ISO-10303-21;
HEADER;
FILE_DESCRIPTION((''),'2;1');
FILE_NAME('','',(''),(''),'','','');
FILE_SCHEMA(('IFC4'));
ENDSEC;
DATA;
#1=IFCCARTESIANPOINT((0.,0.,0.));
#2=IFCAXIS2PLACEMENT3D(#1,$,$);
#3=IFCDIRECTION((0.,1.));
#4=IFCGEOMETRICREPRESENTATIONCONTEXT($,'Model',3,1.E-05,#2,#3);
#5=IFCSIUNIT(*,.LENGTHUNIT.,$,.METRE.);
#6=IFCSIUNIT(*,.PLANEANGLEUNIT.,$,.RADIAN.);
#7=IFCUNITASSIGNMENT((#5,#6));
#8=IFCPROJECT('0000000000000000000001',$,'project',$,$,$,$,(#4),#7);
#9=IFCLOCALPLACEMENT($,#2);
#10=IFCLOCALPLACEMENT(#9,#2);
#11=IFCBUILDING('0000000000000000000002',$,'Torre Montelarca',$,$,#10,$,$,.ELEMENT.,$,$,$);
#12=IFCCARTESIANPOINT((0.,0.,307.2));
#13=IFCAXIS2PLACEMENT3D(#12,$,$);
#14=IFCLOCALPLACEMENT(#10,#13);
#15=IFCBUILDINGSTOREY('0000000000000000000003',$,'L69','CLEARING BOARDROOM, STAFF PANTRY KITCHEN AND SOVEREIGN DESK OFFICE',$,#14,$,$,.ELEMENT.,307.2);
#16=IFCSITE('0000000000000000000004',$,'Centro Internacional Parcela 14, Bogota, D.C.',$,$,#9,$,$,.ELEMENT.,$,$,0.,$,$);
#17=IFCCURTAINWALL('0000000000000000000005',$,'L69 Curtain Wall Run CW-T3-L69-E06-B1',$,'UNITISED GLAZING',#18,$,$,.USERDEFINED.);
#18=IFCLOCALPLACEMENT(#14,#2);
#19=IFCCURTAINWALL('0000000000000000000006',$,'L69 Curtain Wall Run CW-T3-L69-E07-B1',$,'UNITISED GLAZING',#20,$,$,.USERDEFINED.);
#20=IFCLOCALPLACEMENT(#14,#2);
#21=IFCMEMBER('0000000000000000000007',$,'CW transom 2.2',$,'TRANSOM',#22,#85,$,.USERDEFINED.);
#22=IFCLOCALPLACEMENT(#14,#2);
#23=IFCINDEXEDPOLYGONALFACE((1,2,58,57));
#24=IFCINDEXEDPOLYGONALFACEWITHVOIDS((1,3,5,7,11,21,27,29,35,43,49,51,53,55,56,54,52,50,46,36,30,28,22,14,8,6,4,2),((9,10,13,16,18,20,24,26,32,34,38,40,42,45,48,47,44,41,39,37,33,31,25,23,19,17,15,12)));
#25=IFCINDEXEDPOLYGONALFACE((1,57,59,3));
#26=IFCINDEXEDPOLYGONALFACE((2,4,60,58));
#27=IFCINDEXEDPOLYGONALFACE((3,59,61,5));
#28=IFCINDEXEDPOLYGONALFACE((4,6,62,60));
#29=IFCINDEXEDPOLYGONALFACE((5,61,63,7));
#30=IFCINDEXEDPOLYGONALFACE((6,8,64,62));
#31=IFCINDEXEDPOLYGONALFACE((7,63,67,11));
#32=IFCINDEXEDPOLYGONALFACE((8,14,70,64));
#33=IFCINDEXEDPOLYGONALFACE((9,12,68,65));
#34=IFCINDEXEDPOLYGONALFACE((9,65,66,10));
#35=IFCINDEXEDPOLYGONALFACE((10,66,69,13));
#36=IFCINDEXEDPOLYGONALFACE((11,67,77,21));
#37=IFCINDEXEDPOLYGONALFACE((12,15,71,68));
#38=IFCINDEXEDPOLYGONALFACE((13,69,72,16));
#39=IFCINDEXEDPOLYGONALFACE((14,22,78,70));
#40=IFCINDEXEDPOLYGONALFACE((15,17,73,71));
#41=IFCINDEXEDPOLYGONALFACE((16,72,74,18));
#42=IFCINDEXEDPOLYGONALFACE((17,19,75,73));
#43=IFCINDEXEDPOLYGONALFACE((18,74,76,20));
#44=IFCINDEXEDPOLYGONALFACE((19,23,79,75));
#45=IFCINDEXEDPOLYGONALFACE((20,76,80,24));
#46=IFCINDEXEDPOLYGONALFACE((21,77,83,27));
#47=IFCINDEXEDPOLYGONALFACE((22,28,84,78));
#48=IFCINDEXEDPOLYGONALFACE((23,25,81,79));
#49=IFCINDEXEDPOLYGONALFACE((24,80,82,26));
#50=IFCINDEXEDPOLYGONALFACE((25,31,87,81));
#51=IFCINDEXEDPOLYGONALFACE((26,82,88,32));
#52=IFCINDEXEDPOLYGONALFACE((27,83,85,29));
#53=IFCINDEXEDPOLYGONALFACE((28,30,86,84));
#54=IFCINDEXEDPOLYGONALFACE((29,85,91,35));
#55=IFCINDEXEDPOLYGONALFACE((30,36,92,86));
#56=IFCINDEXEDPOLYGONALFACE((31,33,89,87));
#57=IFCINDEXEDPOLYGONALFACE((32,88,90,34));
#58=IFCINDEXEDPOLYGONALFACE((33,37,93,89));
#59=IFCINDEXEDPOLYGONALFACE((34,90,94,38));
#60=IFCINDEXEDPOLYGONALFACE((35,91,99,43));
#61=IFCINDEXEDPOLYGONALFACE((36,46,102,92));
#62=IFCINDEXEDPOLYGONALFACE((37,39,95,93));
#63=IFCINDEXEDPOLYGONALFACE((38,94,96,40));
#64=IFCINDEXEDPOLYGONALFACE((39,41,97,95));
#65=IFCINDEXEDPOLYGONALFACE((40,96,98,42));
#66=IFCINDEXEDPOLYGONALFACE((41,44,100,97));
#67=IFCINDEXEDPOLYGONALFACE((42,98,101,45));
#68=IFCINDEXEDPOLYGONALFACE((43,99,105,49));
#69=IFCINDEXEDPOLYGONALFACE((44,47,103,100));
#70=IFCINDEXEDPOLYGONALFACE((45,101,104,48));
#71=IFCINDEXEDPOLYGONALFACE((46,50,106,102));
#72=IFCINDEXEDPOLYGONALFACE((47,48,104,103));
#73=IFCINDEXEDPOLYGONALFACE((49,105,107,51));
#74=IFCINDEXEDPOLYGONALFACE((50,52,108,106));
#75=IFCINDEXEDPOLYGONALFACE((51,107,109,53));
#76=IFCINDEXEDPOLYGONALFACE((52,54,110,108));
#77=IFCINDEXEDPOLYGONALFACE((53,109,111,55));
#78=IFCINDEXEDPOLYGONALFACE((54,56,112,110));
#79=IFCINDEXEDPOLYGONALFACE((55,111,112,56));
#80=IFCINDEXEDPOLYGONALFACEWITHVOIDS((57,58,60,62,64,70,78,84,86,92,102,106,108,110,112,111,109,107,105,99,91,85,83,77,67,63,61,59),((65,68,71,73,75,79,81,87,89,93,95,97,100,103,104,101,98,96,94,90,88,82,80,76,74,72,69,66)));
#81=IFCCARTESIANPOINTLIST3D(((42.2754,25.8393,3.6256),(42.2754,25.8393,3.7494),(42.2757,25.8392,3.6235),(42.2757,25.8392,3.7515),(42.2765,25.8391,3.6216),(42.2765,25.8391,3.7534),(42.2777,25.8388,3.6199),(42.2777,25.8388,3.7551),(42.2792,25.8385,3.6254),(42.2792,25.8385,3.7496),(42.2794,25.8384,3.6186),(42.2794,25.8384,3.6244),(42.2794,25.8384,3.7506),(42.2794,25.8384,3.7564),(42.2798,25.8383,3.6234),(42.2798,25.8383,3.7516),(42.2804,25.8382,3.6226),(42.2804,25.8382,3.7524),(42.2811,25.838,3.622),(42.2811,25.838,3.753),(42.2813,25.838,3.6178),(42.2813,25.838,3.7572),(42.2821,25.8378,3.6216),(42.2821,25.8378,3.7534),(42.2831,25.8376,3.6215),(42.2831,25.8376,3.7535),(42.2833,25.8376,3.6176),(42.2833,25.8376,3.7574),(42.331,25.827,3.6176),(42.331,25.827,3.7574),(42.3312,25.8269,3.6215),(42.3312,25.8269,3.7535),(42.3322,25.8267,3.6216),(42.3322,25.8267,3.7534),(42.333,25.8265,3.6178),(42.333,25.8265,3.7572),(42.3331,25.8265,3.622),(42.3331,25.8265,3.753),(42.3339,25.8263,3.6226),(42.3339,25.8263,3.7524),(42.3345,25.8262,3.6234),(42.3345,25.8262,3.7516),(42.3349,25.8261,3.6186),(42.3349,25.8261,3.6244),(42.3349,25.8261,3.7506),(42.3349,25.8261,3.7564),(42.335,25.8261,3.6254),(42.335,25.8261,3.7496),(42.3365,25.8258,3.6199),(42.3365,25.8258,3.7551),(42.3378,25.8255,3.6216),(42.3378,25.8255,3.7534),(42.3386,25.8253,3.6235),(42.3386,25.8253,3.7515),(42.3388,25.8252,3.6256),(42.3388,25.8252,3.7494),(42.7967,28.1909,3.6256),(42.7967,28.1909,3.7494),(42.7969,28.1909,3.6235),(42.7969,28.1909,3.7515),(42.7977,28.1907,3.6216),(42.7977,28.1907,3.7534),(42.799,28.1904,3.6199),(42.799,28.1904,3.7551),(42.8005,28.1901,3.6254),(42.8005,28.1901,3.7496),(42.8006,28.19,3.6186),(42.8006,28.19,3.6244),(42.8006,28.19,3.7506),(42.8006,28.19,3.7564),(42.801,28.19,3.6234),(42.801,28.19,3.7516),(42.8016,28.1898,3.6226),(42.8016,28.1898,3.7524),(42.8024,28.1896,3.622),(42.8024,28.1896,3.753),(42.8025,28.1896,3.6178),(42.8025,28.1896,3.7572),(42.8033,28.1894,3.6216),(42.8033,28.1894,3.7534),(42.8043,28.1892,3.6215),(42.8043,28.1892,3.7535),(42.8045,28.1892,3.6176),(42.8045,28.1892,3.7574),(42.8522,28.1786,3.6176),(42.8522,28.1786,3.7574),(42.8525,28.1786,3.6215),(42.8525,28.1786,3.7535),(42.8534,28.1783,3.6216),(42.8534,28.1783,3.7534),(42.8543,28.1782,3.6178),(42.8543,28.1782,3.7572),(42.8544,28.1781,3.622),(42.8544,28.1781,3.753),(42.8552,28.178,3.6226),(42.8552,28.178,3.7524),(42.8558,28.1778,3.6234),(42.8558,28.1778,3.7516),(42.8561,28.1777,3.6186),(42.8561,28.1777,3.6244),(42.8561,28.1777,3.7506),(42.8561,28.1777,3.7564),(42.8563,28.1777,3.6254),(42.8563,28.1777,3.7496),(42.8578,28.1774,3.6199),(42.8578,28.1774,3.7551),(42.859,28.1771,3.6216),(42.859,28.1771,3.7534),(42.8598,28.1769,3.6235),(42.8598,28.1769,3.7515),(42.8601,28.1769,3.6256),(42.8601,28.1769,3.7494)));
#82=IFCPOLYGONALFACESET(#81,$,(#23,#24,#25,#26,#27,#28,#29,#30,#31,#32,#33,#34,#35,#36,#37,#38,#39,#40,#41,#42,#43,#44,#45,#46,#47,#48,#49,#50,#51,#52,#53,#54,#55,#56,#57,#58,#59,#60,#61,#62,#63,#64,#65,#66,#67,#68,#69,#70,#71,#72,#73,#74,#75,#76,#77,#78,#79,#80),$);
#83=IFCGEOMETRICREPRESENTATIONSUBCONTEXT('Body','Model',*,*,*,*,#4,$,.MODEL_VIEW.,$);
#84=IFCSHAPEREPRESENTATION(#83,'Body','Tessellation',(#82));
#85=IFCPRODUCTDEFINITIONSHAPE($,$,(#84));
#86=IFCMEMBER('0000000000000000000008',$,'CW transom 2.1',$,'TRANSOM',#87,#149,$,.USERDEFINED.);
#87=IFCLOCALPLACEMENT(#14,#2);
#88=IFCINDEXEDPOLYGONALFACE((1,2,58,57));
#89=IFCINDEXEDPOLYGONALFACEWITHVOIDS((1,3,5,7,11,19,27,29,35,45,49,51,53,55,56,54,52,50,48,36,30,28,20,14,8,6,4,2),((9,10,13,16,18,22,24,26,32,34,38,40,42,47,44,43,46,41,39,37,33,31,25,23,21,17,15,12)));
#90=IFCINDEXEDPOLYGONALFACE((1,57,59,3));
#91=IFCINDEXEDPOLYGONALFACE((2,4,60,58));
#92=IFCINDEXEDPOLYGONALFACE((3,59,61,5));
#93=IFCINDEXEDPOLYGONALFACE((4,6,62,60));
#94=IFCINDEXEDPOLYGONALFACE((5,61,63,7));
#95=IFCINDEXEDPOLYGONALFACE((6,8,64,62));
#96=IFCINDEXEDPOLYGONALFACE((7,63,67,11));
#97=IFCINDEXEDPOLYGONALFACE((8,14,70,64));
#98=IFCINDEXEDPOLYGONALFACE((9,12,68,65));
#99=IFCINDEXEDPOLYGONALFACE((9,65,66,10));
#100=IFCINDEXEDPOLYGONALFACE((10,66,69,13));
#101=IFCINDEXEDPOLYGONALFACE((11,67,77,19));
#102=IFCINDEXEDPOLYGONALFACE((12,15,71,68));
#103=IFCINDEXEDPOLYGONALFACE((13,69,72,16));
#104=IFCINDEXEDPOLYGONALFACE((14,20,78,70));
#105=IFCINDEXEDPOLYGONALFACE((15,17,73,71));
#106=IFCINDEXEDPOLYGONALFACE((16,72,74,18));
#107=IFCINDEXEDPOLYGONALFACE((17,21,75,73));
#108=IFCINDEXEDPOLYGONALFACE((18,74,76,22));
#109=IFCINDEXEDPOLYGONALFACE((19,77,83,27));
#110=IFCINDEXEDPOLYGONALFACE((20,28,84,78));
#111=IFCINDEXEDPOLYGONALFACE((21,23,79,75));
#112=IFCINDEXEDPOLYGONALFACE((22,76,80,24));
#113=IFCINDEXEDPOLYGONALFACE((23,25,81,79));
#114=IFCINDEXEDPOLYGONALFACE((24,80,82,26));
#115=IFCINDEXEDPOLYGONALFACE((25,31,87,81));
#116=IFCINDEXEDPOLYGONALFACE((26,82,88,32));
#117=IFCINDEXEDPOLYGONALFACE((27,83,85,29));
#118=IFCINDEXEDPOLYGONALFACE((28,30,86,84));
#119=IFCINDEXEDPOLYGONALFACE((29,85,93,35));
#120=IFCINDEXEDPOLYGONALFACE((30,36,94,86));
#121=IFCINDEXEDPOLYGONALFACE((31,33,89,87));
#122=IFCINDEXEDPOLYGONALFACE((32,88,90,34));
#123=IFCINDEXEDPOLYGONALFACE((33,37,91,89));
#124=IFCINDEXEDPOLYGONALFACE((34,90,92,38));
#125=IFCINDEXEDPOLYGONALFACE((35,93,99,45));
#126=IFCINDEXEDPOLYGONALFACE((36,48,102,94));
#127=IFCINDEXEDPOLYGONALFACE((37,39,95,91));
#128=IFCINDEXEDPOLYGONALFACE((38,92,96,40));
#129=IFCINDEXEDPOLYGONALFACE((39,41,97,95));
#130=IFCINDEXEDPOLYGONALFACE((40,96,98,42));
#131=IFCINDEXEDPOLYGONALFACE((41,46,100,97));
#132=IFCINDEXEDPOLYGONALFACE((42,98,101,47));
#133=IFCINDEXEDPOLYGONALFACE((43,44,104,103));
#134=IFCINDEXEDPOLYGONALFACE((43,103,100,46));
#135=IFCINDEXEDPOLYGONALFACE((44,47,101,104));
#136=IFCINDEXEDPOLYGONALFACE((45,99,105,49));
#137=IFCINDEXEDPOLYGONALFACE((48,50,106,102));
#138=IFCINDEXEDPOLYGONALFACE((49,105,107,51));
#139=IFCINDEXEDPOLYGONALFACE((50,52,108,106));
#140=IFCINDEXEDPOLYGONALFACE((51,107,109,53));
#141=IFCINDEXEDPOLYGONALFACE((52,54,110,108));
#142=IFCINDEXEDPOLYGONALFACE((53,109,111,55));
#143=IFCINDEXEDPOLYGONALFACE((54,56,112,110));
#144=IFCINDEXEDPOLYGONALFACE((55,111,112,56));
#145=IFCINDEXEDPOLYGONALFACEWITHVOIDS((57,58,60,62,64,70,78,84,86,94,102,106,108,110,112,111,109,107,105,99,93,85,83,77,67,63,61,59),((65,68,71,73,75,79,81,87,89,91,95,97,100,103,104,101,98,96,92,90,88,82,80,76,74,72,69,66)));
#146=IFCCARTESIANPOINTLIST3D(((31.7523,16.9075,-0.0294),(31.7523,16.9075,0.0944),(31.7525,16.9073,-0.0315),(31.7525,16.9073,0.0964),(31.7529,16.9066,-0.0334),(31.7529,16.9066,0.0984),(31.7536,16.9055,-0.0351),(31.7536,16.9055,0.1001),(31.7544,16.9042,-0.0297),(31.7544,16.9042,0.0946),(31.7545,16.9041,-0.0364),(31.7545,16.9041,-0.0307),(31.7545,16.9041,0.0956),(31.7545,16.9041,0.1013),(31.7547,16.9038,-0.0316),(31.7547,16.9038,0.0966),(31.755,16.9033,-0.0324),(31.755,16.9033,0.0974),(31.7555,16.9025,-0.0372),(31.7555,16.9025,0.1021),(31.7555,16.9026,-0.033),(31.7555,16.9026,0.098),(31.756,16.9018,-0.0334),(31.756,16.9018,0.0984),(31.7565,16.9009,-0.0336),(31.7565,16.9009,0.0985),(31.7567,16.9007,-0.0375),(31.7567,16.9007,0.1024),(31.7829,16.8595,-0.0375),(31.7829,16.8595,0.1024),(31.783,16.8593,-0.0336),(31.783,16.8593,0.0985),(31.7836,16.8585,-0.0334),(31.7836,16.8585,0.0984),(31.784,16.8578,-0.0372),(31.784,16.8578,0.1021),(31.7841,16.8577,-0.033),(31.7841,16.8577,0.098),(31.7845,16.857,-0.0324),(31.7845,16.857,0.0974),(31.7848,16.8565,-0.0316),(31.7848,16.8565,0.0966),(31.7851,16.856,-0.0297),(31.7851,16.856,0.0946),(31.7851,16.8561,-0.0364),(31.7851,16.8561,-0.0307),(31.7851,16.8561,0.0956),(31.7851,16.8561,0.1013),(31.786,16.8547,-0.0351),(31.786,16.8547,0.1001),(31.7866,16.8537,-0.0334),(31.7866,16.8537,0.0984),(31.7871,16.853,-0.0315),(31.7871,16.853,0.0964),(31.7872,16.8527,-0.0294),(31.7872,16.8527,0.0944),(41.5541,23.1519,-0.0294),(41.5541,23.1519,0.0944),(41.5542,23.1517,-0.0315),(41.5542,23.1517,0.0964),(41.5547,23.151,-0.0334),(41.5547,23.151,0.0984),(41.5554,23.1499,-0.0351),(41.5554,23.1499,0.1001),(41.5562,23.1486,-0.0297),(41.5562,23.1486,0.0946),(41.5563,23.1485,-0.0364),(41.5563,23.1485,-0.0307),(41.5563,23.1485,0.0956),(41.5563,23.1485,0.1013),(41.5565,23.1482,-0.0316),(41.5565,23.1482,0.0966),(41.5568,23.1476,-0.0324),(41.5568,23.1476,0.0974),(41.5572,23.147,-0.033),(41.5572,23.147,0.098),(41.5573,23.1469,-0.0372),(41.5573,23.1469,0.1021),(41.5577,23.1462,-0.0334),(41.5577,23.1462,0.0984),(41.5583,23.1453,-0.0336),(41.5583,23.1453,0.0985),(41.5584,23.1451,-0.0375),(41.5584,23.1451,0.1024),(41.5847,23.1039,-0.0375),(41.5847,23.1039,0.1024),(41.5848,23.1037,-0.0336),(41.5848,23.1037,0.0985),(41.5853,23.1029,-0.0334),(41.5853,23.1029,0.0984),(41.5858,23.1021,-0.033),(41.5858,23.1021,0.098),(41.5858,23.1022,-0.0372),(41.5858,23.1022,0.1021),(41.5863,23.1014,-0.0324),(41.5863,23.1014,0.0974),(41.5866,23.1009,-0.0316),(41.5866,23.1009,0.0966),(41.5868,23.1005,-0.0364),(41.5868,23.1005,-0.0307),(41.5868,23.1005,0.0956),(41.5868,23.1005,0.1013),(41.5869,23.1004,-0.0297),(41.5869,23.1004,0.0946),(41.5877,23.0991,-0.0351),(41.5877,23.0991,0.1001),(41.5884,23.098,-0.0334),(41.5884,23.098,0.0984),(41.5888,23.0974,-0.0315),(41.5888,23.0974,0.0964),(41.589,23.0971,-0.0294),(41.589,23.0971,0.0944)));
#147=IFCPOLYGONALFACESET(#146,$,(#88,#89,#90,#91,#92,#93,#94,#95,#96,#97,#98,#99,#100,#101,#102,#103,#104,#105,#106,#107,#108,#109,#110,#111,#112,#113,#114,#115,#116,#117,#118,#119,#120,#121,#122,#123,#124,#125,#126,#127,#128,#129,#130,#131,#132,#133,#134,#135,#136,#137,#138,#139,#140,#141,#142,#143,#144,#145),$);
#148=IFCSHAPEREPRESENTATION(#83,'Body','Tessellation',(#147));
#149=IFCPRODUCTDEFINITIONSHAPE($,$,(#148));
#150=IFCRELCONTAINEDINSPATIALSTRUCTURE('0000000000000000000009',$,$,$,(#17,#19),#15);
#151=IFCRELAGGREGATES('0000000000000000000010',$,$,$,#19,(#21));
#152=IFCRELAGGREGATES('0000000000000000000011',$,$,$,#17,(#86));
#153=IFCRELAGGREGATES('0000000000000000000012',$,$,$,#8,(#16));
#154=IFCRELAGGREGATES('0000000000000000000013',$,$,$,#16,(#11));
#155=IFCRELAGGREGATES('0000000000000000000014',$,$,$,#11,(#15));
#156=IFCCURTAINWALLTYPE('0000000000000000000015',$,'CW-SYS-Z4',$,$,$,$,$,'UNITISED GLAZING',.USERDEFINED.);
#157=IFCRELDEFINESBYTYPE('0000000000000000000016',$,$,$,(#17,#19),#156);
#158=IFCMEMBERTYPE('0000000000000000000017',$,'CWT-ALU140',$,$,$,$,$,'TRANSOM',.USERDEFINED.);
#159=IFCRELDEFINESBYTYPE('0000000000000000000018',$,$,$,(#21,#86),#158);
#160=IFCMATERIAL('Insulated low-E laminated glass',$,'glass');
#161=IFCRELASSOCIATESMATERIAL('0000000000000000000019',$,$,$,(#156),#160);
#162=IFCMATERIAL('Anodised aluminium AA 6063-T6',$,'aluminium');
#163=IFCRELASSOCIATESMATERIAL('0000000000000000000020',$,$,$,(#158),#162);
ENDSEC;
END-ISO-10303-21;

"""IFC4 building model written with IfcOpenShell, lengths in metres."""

from ifc_helpers import new_model, si_unit, direction, frame, origin, origin_2d, place, context, subcontext, project, spatial, hollow_rectangle, extrude, source, transform, mapped, material, material_profile, profile_set, type_object, element, aggregate, save


model = new_model("IFC4")

# Units and contexts
model_context = context("Model", 3, precision=1e-05, world=origin(), true_north=direction((0.0, 1.0)))
body_context = subcontext(model_context, "Body", "Model", "MODEL_VIEW")
ifc_project = project(units=[si_unit("LENGTHUNIT", "METRE"), si_unit("PLANEANGLEUNIT", "RADIAN")], contexts=[model_context])

# Site, building, storey
site_placement = place(None, origin())
site = spatial("IfcSite", under=ifc_project, at=site_placement, Name="Centro Internacional Parcela 14, Bogota, D.C.", CompositionType="ELEMENT", RefElevation=0.0)
building_placement = place(site_placement, origin())
building = spatial("IfcBuilding", under=site, at=building_placement, Name="Torre Montelarca", CompositionType="ELEMENT")
storey_placement = place(building_placement, frame((0.0, 0.0, 307.2)))
storey = spatial("IfcBuildingStorey", under=building, at=storey_placement, Name="L69", Description="CLEARING BOARDROOM, STAFF PANTRY KITCHEN AND SOVEREIGN DESK OFFICE", CompositionType="ELEMENT", Elevation=307.2)

# Curtain walls
ifc_material_1 = material(Name="Insulated low-E laminated glass", Category="glass")
curtain_wall_type = type_object("IfcCurtainWallType", Name="CW-SYS-Z4", ElementType="UNITISED GLAZING", PredefinedType="USERDEFINED", material=ifc_material_1)
curtain_wall_1_placement = place(storey_placement, origin())
curtain_wall_1 = element("IfcCurtainWall", 1, at=curtain_wall_1_placement, inside=storey, type_object=curtain_wall_type, Name="L69 Curtain Wall Run CW-T3-L69-E06-B1", ObjectType="UNITISED GLAZING", PredefinedType="USERDEFINED")
ifc_material_2 = material(Name="Anodised aluminium AA 6063-T6", Category="aluminium")
curtain_wall_2_placement = place(storey_placement, origin())
curtain_wall_2 = element("IfcCurtainWall", 2, at=curtain_wall_2_placement, inside=storey, type_object=curtain_wall_type, Name="L69 Curtain Wall Run CW-T3-L69-E07-B1", ObjectType="UNITISED GLAZING", PredefinedType="USERDEFINED")

# Members
ifc_material_profile_1 = material_profile(ifc_material_2, hollow_rectangle(XDim=0.0649, YDim=0.1399, WallThickness=0.0039, InnerFilletRadius=0.0039, OuterFilletRadius=0.0081, at=origin_2d()), Name="ALU65X140X4", Category="aluminium")
ifc_profile_set_1 = profile_set([ifc_material_profile_1], Name="Anodised aluminium AA 6063-T6")
member_type_1 = type_object("IfcMemberType", Name="CWT-ALU140", ElementType="TRANSOM", PredefinedType="USERDEFINED", material=ifc_profile_set_1)
shared_shape_1 = source(origin(), body_context, "Body", "SweptSolid", [
    extrude(hollow_rectangle(XDim=0.0649, YDim=0.1399, WallThickness=0.0039, InnerFilletRadius=0.0039, OuterFilletRadius=0.0081, at=origin_2d()), origin(), (0.0, 0.0, 1.0), 2.4087),
])
member_1_placement = place(storey_placement, frame((42.3071, 25.8323, 3.6875), z_axis=(0.216405, 0.976304, 0.0), x_axis=(-0.976304, 0.216405, 0.0)))
member_1 = element("IfcMember", 3, at=member_1_placement, type_object=member_type_1, Name="CW transom 2.2", ObjectType="TRANSOM", PredefinedType="USERDEFINED", context=body_context, shape_type="MappedRepresentation", body=[
    mapped(shared_shape_1, transform((0.0, 0.0, 0.0), scale=1.0)),
])
shared_shape_2 = source(origin(), body_context, "Body", "SweptSolid", [
    extrude(hollow_rectangle(XDim=0.0649, YDim=0.1399, WallThickness=0.0039, InnerFilletRadius=0.0039, OuterFilletRadius=0.0081, at=origin_2d()), origin(), (0.0, 0.0, 1.0), 11.6218),
])
member_2_placement = place(storey_placement, frame((31.7698, 16.8801, 0.0325), z_axis=(0.843392, 0.537298, 0.0), x_axis=(-0.537298, 0.843392, 0.0)))
member_2 = element("IfcMember", 4, at=member_2_placement, type_object=member_type_1, Name="CW transom 2.1", ObjectType="TRANSOM", PredefinedType="USERDEFINED", context=body_context, shape_type="MappedRepresentation", body=[
    mapped(shared_shape_2, transform((0.0, 0.0, 0.0), scale=1.0)),
])

aggregate(curtain_wall_2, [member_1])
aggregate(curtain_wall_1, [member_2])

save(model, "model.ifc")
